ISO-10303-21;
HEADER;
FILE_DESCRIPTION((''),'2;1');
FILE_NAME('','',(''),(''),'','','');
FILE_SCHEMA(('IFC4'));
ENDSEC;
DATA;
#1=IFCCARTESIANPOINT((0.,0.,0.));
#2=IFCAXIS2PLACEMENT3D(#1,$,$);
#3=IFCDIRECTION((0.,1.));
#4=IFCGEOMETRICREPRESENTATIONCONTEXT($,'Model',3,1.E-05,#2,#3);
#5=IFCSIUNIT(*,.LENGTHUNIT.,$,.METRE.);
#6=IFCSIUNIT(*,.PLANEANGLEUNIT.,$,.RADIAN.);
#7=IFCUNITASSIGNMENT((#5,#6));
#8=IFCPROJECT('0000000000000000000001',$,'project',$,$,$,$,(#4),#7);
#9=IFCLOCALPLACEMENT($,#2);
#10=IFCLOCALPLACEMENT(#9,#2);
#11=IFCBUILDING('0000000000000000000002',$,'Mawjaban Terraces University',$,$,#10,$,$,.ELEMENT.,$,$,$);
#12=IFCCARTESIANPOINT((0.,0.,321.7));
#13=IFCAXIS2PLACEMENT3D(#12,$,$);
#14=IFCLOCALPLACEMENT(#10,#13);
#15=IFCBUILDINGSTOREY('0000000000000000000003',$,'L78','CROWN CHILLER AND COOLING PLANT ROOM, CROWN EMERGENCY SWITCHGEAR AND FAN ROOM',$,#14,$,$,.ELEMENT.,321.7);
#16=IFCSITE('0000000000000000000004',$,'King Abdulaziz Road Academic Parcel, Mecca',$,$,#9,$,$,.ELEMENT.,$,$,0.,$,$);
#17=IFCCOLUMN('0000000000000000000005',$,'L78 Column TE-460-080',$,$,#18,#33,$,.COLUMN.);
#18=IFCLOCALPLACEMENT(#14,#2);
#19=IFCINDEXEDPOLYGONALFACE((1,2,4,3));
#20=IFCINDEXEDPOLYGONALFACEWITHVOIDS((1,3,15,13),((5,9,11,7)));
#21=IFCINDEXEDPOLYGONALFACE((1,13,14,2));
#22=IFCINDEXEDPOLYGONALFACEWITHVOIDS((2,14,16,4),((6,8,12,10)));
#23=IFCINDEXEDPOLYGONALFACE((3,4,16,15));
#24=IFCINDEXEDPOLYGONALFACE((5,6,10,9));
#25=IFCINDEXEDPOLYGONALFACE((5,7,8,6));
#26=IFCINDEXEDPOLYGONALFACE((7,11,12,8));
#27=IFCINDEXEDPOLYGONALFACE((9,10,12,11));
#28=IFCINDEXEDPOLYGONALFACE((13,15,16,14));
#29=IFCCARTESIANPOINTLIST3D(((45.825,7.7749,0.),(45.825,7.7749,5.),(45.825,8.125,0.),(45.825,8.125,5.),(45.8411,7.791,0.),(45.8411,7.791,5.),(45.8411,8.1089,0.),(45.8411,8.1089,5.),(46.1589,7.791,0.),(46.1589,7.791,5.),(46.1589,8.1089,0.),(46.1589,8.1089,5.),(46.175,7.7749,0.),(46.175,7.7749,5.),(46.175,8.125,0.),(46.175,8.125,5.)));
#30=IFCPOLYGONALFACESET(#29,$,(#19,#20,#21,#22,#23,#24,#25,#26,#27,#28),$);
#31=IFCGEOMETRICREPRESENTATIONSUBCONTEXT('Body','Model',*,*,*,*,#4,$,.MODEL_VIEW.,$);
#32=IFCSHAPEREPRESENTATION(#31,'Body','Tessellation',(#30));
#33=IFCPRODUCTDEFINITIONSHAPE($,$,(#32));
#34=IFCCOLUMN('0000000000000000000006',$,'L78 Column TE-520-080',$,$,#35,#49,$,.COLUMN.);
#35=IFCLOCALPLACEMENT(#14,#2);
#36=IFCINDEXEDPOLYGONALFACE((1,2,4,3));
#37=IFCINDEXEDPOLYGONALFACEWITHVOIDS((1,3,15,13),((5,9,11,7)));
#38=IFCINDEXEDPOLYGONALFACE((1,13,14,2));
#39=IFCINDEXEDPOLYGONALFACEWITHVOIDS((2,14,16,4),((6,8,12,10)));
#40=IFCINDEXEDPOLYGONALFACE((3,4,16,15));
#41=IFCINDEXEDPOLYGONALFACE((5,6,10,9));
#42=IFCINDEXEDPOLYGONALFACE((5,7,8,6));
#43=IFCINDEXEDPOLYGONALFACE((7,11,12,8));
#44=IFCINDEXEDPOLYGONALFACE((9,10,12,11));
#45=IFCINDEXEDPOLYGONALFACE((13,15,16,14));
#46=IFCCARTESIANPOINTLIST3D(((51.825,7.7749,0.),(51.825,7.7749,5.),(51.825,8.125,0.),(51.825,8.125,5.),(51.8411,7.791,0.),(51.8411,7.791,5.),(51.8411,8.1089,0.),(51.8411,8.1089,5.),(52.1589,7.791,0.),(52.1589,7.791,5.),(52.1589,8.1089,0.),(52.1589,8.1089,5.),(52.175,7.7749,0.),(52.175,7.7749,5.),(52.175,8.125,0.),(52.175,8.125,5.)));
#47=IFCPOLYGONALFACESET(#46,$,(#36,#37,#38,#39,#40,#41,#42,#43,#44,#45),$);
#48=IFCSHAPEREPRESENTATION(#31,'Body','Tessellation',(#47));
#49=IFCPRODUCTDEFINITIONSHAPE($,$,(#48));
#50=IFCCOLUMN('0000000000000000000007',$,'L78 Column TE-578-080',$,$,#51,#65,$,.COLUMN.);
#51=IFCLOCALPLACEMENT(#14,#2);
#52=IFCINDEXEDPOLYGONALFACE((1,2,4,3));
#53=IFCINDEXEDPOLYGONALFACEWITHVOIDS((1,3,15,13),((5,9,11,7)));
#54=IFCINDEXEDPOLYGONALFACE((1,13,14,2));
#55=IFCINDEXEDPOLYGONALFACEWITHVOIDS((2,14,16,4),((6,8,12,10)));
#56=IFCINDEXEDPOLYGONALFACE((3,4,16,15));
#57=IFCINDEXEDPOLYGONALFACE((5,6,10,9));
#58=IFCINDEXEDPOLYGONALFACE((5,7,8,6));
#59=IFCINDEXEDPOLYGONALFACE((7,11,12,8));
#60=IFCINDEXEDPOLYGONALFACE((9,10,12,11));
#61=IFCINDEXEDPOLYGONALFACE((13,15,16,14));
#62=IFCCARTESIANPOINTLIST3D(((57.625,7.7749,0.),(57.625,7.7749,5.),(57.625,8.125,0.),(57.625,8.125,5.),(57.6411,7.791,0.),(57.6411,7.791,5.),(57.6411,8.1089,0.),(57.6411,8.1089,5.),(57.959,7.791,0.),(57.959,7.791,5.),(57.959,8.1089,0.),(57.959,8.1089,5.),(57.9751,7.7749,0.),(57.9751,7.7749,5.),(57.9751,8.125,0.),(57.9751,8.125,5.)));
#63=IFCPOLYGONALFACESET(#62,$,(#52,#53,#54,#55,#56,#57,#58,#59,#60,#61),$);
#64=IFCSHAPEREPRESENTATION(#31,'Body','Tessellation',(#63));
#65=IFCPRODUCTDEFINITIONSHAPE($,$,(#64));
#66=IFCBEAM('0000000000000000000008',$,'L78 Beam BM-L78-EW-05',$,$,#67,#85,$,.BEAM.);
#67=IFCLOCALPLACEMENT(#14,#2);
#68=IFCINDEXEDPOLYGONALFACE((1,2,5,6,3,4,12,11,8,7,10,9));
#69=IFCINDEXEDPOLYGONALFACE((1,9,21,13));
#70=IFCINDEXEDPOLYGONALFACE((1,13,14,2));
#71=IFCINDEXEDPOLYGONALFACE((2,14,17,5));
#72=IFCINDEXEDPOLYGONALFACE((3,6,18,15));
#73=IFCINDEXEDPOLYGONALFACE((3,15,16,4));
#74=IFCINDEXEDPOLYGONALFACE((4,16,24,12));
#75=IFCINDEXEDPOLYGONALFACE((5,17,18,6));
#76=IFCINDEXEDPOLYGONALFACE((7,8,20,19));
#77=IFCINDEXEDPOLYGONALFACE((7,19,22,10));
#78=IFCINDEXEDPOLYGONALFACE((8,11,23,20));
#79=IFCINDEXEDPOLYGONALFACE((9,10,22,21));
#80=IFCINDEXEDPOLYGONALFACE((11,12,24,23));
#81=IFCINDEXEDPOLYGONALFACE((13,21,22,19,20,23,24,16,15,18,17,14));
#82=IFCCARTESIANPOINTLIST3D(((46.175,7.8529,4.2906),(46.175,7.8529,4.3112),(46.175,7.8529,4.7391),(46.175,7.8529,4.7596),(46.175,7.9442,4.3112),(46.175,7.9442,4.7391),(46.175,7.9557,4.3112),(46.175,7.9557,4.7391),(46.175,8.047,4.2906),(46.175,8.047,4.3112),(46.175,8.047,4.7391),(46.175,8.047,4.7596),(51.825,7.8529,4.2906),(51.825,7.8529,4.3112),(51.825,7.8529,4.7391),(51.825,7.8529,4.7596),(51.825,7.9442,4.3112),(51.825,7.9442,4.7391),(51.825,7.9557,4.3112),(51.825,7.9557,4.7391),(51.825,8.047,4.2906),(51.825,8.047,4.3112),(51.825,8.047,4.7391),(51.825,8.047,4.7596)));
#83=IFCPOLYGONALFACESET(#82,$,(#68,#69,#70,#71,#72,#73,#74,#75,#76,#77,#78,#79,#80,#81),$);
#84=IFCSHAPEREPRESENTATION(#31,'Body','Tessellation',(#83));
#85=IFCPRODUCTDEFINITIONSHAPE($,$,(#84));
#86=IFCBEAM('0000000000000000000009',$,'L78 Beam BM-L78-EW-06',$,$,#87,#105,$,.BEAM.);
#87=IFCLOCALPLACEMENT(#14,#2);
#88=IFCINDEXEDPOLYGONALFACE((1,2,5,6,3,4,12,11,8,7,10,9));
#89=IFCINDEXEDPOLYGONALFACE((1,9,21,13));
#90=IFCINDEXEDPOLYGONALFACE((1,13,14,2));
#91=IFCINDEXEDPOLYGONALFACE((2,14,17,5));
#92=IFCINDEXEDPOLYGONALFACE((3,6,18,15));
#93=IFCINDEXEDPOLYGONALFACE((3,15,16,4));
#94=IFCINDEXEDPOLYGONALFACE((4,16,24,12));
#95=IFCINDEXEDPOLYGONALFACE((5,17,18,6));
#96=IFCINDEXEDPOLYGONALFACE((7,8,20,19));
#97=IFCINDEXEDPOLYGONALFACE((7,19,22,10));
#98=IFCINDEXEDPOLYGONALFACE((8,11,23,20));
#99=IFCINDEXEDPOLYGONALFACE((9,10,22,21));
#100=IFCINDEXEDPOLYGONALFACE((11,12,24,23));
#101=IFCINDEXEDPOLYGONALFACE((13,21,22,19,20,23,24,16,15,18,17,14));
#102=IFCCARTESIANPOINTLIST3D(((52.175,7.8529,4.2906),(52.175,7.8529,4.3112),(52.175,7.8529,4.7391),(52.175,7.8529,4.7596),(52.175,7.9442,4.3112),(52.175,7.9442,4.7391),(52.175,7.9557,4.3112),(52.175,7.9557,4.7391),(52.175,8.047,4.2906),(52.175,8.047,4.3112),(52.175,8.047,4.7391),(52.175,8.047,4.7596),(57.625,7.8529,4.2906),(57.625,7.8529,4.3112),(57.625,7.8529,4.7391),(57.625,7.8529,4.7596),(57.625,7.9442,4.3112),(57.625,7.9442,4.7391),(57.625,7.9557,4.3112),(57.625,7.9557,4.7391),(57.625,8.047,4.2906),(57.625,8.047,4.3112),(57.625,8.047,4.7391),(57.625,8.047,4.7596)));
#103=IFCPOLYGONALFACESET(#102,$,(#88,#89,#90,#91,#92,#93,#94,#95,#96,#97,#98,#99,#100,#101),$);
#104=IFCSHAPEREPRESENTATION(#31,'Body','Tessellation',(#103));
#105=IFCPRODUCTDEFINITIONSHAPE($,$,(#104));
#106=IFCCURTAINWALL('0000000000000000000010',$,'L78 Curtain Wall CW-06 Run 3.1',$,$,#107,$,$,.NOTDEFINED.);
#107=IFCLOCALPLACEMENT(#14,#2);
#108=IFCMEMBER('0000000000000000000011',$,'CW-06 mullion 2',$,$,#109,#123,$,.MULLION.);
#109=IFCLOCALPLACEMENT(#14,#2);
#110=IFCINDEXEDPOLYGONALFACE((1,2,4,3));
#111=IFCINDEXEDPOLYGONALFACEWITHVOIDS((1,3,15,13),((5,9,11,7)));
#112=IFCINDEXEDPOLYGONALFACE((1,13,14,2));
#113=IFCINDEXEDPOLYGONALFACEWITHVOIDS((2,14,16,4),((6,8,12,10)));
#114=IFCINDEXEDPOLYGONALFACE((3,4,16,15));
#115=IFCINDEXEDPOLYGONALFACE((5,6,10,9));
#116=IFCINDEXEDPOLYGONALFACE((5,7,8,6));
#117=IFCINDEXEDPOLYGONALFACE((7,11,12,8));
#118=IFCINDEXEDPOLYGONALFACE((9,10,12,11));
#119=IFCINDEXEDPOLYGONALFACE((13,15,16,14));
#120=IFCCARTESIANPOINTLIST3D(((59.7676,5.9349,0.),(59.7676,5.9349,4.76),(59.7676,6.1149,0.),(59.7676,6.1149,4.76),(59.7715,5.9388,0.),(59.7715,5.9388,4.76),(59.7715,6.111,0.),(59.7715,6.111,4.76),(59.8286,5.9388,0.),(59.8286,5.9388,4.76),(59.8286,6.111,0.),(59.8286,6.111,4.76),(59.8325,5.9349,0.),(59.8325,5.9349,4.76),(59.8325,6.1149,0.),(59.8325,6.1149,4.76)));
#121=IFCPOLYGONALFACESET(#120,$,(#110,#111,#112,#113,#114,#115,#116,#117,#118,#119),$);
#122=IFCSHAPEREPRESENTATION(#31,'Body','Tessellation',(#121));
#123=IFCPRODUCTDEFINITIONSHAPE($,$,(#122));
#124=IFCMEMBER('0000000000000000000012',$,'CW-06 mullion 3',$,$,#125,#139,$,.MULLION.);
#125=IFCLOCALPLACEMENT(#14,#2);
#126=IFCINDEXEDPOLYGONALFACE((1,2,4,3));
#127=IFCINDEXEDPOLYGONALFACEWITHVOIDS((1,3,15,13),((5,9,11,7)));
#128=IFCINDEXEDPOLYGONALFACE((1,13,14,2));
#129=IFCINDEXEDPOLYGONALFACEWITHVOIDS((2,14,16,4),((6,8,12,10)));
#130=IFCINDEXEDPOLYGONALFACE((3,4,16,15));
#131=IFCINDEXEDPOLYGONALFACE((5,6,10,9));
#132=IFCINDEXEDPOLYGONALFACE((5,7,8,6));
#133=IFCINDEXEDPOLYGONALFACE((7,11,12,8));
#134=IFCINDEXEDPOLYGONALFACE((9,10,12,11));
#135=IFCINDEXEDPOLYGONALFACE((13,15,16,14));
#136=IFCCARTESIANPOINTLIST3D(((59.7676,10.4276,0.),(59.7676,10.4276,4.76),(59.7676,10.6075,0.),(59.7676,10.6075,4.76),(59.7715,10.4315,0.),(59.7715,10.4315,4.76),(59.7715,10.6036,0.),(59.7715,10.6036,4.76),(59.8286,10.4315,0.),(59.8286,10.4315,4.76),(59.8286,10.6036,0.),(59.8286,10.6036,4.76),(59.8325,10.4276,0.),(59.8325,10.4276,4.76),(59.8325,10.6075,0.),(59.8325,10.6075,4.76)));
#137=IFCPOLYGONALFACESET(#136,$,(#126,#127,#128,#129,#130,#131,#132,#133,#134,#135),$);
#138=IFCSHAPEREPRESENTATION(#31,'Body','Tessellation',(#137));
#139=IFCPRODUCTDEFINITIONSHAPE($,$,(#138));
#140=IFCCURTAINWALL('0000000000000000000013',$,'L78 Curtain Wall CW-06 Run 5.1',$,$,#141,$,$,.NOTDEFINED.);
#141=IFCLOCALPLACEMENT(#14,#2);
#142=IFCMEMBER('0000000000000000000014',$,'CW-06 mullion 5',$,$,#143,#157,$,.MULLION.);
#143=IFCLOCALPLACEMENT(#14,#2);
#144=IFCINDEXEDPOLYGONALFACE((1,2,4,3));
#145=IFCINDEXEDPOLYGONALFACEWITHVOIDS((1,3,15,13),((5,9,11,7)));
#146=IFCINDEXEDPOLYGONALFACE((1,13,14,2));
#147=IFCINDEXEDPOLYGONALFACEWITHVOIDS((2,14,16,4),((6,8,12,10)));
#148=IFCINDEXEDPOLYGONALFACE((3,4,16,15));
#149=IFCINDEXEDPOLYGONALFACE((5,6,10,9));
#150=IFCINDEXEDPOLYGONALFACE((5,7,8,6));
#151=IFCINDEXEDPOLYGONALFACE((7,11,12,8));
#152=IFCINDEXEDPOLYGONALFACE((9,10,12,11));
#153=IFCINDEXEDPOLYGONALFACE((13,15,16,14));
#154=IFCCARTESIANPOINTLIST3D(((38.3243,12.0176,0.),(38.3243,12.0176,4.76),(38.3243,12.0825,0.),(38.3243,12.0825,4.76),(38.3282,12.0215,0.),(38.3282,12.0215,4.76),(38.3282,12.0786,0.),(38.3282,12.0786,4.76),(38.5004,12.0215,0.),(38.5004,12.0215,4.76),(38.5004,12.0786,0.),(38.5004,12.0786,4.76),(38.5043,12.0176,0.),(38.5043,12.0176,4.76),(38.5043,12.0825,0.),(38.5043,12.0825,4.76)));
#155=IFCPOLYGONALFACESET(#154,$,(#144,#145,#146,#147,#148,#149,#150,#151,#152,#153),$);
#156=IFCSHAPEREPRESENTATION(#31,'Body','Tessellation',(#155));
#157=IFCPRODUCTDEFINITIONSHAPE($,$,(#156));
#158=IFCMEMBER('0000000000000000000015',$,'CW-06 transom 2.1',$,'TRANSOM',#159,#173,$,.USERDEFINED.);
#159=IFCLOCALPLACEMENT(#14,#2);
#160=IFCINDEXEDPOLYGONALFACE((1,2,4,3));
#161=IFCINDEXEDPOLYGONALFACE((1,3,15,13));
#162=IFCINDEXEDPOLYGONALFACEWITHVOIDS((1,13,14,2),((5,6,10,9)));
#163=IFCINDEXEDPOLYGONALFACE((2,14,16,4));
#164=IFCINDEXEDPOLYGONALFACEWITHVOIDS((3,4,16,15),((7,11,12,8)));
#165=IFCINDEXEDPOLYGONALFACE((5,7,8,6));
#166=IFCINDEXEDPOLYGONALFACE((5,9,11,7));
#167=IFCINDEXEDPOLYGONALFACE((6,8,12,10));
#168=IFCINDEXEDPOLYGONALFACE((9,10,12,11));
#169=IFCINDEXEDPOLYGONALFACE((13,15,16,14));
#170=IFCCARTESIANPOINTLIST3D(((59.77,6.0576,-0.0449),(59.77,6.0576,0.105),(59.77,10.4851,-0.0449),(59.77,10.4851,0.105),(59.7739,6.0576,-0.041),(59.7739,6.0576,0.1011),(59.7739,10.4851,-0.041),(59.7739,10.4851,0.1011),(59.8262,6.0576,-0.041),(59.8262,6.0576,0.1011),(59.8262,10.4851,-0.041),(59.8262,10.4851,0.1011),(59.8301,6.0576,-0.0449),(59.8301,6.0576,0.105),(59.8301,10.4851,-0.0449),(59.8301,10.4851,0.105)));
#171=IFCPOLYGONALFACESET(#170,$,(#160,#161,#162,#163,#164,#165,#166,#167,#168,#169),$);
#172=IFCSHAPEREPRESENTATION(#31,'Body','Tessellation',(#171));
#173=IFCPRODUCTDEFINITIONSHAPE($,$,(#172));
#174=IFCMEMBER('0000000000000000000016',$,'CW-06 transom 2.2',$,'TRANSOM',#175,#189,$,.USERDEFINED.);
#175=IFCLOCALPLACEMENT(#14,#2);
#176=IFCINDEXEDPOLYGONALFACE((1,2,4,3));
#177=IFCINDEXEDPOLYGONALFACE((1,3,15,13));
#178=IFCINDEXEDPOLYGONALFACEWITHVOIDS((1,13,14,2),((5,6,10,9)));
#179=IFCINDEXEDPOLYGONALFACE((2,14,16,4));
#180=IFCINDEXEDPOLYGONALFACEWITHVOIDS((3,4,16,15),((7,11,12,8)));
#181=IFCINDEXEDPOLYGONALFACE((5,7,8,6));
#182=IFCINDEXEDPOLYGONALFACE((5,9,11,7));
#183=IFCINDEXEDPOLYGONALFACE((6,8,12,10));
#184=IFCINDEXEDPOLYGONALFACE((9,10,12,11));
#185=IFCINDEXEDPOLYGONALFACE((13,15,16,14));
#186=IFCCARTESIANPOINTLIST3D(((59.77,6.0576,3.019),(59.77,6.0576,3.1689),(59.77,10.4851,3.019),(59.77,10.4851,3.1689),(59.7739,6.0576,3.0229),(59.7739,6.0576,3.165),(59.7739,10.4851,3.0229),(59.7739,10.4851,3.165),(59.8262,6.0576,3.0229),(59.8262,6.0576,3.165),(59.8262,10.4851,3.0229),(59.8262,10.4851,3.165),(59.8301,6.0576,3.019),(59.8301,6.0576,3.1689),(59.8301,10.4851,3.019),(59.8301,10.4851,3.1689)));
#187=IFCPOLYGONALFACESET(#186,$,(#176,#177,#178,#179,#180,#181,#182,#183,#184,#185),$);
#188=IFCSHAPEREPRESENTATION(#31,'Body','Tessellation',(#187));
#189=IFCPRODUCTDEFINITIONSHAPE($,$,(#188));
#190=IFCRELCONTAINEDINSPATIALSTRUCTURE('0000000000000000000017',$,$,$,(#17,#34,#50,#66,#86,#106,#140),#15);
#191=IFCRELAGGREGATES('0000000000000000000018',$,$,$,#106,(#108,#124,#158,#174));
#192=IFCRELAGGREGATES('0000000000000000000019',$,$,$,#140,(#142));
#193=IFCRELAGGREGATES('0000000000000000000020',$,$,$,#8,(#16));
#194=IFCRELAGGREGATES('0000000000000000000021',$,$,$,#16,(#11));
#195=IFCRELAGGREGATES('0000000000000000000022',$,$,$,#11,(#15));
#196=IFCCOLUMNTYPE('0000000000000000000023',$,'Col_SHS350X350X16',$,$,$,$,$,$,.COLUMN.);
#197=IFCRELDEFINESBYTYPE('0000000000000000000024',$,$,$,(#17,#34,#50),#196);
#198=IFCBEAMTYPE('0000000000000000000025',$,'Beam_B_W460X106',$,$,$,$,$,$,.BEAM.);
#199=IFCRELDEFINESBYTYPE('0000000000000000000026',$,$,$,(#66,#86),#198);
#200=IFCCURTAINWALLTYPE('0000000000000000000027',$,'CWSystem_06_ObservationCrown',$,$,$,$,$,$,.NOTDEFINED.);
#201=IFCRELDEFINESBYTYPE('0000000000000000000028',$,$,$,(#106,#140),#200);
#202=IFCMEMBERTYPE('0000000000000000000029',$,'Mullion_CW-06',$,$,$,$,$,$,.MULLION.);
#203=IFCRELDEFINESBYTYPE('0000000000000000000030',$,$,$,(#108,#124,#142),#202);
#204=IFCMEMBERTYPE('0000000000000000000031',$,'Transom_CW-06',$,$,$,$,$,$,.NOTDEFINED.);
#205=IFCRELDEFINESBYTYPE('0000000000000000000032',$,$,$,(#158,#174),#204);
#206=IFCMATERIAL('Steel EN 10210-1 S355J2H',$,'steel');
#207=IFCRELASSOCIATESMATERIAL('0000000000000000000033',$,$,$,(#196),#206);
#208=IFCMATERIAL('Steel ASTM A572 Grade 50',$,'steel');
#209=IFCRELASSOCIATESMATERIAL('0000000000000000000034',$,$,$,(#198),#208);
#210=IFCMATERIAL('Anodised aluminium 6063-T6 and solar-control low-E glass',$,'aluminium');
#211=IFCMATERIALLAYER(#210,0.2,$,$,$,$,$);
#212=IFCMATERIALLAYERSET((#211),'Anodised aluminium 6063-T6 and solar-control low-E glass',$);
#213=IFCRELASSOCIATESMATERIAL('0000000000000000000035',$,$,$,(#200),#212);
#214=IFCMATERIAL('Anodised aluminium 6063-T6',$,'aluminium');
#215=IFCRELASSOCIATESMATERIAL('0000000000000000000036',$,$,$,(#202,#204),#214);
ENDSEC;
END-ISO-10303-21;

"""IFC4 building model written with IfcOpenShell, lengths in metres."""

from ifc_helpers import new_model, si_unit, direction, frame, origin, origin_2d, place, context, subcontext, project, spatial, hollow_rectangle, i_section, extrude, material, layer, layer_set, material_profile, profile_set, type_object, element, aggregate, save


model = new_model("IFC4")

# Units and contexts
model_context = context("Model", 3, precision=1e-05, world=origin(), true_north=direction((0.0, 1.0)))
body_context = subcontext(model_context, "Body", "Model", "MODEL_VIEW")
ifc_project = project(units=[si_unit("LENGTHUNIT", "METRE"), si_unit("PLANEANGLEUNIT", "RADIAN")], contexts=[model_context])

# Site, building, storey
site_placement = place(None, origin())
site = spatial("IfcSite", under=ifc_project, at=site_placement, Name="King Abdulaziz Road Academic Parcel, Mecca", CompositionType="ELEMENT", RefElevation=0.0)
building_placement = place(site_placement, origin())
building = spatial("IfcBuilding", under=site, at=building_placement, Name="Mawjaban Terraces University", CompositionType="ELEMENT")
storey_placement = place(building_placement, frame((0.0, 0.0, 321.7)))
storey = spatial("IfcBuildingStorey", under=building, at=storey_placement, Name="L78", Description="CROWN CHILLER AND COOLING PLANT ROOM, CROWN EMERGENCY SWITCHGEAR AND FAN ROOM", CompositionType="ELEMENT", Elevation=321.7)

# Columns
ifc_material_1 = material(Name="Steel EN 10210-1 S355J2H", Category="steel")
ifc_material_profile_1 = material_profile(ifc_material_1, hollow_rectangle(XDim=0.3501, YDim=0.3501, WallThickness=0.0161, at=origin_2d()), Name="SHS350X350X16")
ifc_profile_set_1 = profile_set([ifc_material_profile_1], Name="Steel EN 10210-1 S355J2H")
column_type = type_object("IfcColumnType", Name="Col_SHS350X350X16", PredefinedType="COLUMN", material=ifc_profile_set_1)
for number, where, z_axis, x_axis, name in (
    (1, (46.0, 7.95, 0.0), (0.0, 0.0, 1.0), (1.0, 0.0, 0.0), "L78 Column TE-460-080"),
    (2, (52.0, 7.95, 0.0), (0.0, 0.0, 1.0), (1.0, 0.0, 0.0), "L78 Column TE-520-080"),
    (3, (57.8, 7.95, 0.0), (0.0, 0.0, 1.0), (1.0, 0.0, 0.0), "L78 Column TE-578-080"),
):
    element("IfcColumn", number, at=place(storey_placement, frame(where, z_axis=z_axis, x_axis=x_axis)), inside=storey, type_object=column_type, Name=name, PredefinedType="COLUMN", context=body_context, shape_type="SweptSolid", body=[
        extrude(hollow_rectangle(XDim=0.3501, YDim=0.3501, WallThickness=0.0161, at=origin_2d()), origin(), (0.0, 0.0, 1.0), 5.0),
    ])

# Beams
ifc_material_2 = material(Name="Steel ASTM A572 Grade 50", Category="steel")
ifc_material_profile_2 = material_profile(ifc_material_2, i_section(OverallWidth=0.1941, OverallDepth=0.469, WebThickness=0.0115, FlangeThickness=0.0205, at=origin_2d()), Name="W460X106")
ifc_profile_set_2 = profile_set([ifc_material_profile_2], Name="Steel ASTM A572 Grade 50")
beam_type = type_object("IfcBeamType", Name="Beam_B_W460X106", PredefinedType="BEAM", material=ifc_profile_set_2)
beam_1_placement = place(storey_placement, frame((46.175, 7.95, 4.5251), z_axis=(1.0, 0.0, 0.0), x_axis=(0.0, 1.0, 0.0)))
element("IfcBeam", 4, at=beam_1_placement, inside=storey, type_object=beam_type, Name="L78 Beam BM-L78-EW-05", PredefinedType="BEAM", context=body_context, shape_type="SweptSolid", body=[
    extrude(i_section(OverallWidth=0.1941, OverallDepth=0.469, WebThickness=0.0115, FlangeThickness=0.0205, at=origin_2d()), origin(), (0.0, 0.0, 1.0), 5.6499),
])
beam_2_placement = place(storey_placement, frame((52.175, 7.95, 4.5251), z_axis=(1.0, 0.0, 0.0), x_axis=(0.0, 1.0, 0.0)))
element("IfcBeam", 5, at=beam_2_placement, inside=storey, type_object=beam_type, Name="L78 Beam BM-L78-EW-06", PredefinedType="BEAM", context=body_context, shape_type="SweptSolid", body=[
    extrude(i_section(OverallWidth=0.1941, OverallDepth=0.469, WebThickness=0.0115, FlangeThickness=0.0205, at=origin_2d()), origin(), (0.0, 0.0, 1.0), 5.45),
])

# Curtain wall, members
ifc_material_3 = material(Name="Anodised aluminium 6063-T6 and solar-control low-E glass", Category="aluminium")
ifc_layer_1 = layer(ifc_material_3, 0.2)
ifc_layer_set_1 = layer_set([ifc_layer_1], Name="Anodised aluminium 6063-T6 and solar-control low-E glass")
curtain_wall_type = type_object("IfcCurtainWallType", Name="CWSystem_06_ObservationCrown", PredefinedType="NOTDEFINED", material=ifc_layer_set_1)
curtain_wall_1_placement = place(storey_placement, origin())
curtain_wall_1 = element("IfcCurtainWall", 6, at=curtain_wall_1_placement, inside=storey, type_object=curtain_wall_type, Name="L78 Curtain Wall CW-06 Run 3.1", PredefinedType="NOTDEFINED")
ifc_material_4 = material(Name="Anodised aluminium 6063-T6", Category="aluminium")
ifc_material_profile_3 = material_profile(ifc_material_4, hollow_rectangle(XDim=0.0649, YDim=0.1799, WallThickness=0.0039, at=origin_2d()), Name="ALU180X65X4")
ifc_profile_set_3 = profile_set([ifc_material_profile_3], Name="Anodised aluminium 6063-T6")
member_type_1 = type_object("IfcMemberType", Name="Mullion_CW-06", PredefinedType="MULLION", material=ifc_profile_set_3)
member_1_placement = place(storey_placement, frame((59.8, 6.0249, 0.0), z_axis=(0.0, 0.0, 1.0), x_axis=(-1.0, 0.0, 0.0)))
member_1 = element("IfcMember", 7, at=member_1_placement, type_object=member_type_1, Name="CW-06 mullion 2", PredefinedType="MULLION", context=body_context, shape_type="SweptSolid", body=[
    extrude(hollow_rectangle(XDim=0.0649, YDim=0.1799, WallThickness=0.0039, at=origin_2d()), origin(), (0.0, 0.0, 1.0), 4.76),
])
member_2_placement = place(storey_placement, frame((59.8, 10.5176, 0.0), z_axis=(0.0, 0.0, 1.0), x_axis=(-1.0, 0.0, 0.0)))
member_2 = element("IfcMember", 8, at=member_2_placement, type_object=member_type_1, Name="CW-06 mullion 3", PredefinedType="MULLION", context=body_context, shape_type="SweptSolid", body=[
    extrude(hollow_rectangle(XDim=0.0649, YDim=0.1799, WallThickness=0.0039, at=origin_2d()), origin(), (0.0, 0.0, 1.0), 4.76),
])

# Curtain wall, member
curtain_wall_2_placement = place(storey_placement, origin())
curtain_wall_2 = element("IfcCurtainWall", 9, at=curtain_wall_2_placement, inside=storey, type_object=curtain_wall_type, Name="L78 Curtain Wall CW-06 Run 5.1", PredefinedType="NOTDEFINED")
member_3_placement = place(storey_placement, frame((38.4143, 12.05, 0.0), z_axis=(0.0, 0.0, 1.0), x_axis=(0.0, -1.0, 0.0)))
member_3 = element("IfcMember", 10, at=member_3_placement, type_object=member_type_1, Name="CW-06 mullion 5", PredefinedType="MULLION", context=body_context, shape_type="SweptSolid", body=[
    extrude(hollow_rectangle(XDim=0.0649, YDim=0.1799, WallThickness=0.0039, at=origin_2d()), origin(), (0.0, 0.0, 1.0), 4.76),
])

# Members
ifc_material_profile_4 = material_profile(ifc_material_4, hollow_rectangle(XDim=0.0601, YDim=0.1499, WallThickness=0.0039, at=origin_2d()), Name="ALU150X60X4")
ifc_profile_set_4 = profile_set([ifc_material_profile_4], Name="Anodised aluminium 6063-T6")
member_type_2 = type_object("IfcMemberType", Name="Transom_CW-06", PredefinedType="NOTDEFINED", material=ifc_profile_set_4)
member_4_placement = place(storey_placement, frame((59.8, 6.0576, 0.03), z_axis=(0.0, 1.0, 0.0), x_axis=(-1.0, 0.0, 0.0)))
member_4 = element("IfcMember", 11, at=member_4_placement, type_object=member_type_2, Name="CW-06 transom 2.1", ObjectType="TRANSOM", PredefinedType="USERDEFINED", context=body_context, shape_type="SweptSolid", body=[
    extrude(hollow_rectangle(XDim=0.0601, YDim=0.1499, WallThickness=0.0039, at=origin_2d()), origin(), (0.0, 0.0, 1.0), 4.4275),
])
member_5_placement = place(storey_placement, frame((59.8, 6.0576, 3.094), z_axis=(0.0, 1.0, 0.0), x_axis=(-1.0, 0.0, 0.0)))
member_5 = element("IfcMember", 12, at=member_5_placement, type_object=member_type_2, Name="CW-06 transom 2.2", ObjectType="TRANSOM", PredefinedType="USERDEFINED", context=body_context, shape_type="SweptSolid", body=[
    extrude(hollow_rectangle(XDim=0.0601, YDim=0.1499, WallThickness=0.0039, at=origin_2d()), origin(), (0.0, 0.0, 1.0), 4.4275),
])

aggregate(curtain_wall_1, [member_1, member_2, member_4, member_5])
aggregate(curtain_wall_2, [member_3])

save(model, "model.ifc")
